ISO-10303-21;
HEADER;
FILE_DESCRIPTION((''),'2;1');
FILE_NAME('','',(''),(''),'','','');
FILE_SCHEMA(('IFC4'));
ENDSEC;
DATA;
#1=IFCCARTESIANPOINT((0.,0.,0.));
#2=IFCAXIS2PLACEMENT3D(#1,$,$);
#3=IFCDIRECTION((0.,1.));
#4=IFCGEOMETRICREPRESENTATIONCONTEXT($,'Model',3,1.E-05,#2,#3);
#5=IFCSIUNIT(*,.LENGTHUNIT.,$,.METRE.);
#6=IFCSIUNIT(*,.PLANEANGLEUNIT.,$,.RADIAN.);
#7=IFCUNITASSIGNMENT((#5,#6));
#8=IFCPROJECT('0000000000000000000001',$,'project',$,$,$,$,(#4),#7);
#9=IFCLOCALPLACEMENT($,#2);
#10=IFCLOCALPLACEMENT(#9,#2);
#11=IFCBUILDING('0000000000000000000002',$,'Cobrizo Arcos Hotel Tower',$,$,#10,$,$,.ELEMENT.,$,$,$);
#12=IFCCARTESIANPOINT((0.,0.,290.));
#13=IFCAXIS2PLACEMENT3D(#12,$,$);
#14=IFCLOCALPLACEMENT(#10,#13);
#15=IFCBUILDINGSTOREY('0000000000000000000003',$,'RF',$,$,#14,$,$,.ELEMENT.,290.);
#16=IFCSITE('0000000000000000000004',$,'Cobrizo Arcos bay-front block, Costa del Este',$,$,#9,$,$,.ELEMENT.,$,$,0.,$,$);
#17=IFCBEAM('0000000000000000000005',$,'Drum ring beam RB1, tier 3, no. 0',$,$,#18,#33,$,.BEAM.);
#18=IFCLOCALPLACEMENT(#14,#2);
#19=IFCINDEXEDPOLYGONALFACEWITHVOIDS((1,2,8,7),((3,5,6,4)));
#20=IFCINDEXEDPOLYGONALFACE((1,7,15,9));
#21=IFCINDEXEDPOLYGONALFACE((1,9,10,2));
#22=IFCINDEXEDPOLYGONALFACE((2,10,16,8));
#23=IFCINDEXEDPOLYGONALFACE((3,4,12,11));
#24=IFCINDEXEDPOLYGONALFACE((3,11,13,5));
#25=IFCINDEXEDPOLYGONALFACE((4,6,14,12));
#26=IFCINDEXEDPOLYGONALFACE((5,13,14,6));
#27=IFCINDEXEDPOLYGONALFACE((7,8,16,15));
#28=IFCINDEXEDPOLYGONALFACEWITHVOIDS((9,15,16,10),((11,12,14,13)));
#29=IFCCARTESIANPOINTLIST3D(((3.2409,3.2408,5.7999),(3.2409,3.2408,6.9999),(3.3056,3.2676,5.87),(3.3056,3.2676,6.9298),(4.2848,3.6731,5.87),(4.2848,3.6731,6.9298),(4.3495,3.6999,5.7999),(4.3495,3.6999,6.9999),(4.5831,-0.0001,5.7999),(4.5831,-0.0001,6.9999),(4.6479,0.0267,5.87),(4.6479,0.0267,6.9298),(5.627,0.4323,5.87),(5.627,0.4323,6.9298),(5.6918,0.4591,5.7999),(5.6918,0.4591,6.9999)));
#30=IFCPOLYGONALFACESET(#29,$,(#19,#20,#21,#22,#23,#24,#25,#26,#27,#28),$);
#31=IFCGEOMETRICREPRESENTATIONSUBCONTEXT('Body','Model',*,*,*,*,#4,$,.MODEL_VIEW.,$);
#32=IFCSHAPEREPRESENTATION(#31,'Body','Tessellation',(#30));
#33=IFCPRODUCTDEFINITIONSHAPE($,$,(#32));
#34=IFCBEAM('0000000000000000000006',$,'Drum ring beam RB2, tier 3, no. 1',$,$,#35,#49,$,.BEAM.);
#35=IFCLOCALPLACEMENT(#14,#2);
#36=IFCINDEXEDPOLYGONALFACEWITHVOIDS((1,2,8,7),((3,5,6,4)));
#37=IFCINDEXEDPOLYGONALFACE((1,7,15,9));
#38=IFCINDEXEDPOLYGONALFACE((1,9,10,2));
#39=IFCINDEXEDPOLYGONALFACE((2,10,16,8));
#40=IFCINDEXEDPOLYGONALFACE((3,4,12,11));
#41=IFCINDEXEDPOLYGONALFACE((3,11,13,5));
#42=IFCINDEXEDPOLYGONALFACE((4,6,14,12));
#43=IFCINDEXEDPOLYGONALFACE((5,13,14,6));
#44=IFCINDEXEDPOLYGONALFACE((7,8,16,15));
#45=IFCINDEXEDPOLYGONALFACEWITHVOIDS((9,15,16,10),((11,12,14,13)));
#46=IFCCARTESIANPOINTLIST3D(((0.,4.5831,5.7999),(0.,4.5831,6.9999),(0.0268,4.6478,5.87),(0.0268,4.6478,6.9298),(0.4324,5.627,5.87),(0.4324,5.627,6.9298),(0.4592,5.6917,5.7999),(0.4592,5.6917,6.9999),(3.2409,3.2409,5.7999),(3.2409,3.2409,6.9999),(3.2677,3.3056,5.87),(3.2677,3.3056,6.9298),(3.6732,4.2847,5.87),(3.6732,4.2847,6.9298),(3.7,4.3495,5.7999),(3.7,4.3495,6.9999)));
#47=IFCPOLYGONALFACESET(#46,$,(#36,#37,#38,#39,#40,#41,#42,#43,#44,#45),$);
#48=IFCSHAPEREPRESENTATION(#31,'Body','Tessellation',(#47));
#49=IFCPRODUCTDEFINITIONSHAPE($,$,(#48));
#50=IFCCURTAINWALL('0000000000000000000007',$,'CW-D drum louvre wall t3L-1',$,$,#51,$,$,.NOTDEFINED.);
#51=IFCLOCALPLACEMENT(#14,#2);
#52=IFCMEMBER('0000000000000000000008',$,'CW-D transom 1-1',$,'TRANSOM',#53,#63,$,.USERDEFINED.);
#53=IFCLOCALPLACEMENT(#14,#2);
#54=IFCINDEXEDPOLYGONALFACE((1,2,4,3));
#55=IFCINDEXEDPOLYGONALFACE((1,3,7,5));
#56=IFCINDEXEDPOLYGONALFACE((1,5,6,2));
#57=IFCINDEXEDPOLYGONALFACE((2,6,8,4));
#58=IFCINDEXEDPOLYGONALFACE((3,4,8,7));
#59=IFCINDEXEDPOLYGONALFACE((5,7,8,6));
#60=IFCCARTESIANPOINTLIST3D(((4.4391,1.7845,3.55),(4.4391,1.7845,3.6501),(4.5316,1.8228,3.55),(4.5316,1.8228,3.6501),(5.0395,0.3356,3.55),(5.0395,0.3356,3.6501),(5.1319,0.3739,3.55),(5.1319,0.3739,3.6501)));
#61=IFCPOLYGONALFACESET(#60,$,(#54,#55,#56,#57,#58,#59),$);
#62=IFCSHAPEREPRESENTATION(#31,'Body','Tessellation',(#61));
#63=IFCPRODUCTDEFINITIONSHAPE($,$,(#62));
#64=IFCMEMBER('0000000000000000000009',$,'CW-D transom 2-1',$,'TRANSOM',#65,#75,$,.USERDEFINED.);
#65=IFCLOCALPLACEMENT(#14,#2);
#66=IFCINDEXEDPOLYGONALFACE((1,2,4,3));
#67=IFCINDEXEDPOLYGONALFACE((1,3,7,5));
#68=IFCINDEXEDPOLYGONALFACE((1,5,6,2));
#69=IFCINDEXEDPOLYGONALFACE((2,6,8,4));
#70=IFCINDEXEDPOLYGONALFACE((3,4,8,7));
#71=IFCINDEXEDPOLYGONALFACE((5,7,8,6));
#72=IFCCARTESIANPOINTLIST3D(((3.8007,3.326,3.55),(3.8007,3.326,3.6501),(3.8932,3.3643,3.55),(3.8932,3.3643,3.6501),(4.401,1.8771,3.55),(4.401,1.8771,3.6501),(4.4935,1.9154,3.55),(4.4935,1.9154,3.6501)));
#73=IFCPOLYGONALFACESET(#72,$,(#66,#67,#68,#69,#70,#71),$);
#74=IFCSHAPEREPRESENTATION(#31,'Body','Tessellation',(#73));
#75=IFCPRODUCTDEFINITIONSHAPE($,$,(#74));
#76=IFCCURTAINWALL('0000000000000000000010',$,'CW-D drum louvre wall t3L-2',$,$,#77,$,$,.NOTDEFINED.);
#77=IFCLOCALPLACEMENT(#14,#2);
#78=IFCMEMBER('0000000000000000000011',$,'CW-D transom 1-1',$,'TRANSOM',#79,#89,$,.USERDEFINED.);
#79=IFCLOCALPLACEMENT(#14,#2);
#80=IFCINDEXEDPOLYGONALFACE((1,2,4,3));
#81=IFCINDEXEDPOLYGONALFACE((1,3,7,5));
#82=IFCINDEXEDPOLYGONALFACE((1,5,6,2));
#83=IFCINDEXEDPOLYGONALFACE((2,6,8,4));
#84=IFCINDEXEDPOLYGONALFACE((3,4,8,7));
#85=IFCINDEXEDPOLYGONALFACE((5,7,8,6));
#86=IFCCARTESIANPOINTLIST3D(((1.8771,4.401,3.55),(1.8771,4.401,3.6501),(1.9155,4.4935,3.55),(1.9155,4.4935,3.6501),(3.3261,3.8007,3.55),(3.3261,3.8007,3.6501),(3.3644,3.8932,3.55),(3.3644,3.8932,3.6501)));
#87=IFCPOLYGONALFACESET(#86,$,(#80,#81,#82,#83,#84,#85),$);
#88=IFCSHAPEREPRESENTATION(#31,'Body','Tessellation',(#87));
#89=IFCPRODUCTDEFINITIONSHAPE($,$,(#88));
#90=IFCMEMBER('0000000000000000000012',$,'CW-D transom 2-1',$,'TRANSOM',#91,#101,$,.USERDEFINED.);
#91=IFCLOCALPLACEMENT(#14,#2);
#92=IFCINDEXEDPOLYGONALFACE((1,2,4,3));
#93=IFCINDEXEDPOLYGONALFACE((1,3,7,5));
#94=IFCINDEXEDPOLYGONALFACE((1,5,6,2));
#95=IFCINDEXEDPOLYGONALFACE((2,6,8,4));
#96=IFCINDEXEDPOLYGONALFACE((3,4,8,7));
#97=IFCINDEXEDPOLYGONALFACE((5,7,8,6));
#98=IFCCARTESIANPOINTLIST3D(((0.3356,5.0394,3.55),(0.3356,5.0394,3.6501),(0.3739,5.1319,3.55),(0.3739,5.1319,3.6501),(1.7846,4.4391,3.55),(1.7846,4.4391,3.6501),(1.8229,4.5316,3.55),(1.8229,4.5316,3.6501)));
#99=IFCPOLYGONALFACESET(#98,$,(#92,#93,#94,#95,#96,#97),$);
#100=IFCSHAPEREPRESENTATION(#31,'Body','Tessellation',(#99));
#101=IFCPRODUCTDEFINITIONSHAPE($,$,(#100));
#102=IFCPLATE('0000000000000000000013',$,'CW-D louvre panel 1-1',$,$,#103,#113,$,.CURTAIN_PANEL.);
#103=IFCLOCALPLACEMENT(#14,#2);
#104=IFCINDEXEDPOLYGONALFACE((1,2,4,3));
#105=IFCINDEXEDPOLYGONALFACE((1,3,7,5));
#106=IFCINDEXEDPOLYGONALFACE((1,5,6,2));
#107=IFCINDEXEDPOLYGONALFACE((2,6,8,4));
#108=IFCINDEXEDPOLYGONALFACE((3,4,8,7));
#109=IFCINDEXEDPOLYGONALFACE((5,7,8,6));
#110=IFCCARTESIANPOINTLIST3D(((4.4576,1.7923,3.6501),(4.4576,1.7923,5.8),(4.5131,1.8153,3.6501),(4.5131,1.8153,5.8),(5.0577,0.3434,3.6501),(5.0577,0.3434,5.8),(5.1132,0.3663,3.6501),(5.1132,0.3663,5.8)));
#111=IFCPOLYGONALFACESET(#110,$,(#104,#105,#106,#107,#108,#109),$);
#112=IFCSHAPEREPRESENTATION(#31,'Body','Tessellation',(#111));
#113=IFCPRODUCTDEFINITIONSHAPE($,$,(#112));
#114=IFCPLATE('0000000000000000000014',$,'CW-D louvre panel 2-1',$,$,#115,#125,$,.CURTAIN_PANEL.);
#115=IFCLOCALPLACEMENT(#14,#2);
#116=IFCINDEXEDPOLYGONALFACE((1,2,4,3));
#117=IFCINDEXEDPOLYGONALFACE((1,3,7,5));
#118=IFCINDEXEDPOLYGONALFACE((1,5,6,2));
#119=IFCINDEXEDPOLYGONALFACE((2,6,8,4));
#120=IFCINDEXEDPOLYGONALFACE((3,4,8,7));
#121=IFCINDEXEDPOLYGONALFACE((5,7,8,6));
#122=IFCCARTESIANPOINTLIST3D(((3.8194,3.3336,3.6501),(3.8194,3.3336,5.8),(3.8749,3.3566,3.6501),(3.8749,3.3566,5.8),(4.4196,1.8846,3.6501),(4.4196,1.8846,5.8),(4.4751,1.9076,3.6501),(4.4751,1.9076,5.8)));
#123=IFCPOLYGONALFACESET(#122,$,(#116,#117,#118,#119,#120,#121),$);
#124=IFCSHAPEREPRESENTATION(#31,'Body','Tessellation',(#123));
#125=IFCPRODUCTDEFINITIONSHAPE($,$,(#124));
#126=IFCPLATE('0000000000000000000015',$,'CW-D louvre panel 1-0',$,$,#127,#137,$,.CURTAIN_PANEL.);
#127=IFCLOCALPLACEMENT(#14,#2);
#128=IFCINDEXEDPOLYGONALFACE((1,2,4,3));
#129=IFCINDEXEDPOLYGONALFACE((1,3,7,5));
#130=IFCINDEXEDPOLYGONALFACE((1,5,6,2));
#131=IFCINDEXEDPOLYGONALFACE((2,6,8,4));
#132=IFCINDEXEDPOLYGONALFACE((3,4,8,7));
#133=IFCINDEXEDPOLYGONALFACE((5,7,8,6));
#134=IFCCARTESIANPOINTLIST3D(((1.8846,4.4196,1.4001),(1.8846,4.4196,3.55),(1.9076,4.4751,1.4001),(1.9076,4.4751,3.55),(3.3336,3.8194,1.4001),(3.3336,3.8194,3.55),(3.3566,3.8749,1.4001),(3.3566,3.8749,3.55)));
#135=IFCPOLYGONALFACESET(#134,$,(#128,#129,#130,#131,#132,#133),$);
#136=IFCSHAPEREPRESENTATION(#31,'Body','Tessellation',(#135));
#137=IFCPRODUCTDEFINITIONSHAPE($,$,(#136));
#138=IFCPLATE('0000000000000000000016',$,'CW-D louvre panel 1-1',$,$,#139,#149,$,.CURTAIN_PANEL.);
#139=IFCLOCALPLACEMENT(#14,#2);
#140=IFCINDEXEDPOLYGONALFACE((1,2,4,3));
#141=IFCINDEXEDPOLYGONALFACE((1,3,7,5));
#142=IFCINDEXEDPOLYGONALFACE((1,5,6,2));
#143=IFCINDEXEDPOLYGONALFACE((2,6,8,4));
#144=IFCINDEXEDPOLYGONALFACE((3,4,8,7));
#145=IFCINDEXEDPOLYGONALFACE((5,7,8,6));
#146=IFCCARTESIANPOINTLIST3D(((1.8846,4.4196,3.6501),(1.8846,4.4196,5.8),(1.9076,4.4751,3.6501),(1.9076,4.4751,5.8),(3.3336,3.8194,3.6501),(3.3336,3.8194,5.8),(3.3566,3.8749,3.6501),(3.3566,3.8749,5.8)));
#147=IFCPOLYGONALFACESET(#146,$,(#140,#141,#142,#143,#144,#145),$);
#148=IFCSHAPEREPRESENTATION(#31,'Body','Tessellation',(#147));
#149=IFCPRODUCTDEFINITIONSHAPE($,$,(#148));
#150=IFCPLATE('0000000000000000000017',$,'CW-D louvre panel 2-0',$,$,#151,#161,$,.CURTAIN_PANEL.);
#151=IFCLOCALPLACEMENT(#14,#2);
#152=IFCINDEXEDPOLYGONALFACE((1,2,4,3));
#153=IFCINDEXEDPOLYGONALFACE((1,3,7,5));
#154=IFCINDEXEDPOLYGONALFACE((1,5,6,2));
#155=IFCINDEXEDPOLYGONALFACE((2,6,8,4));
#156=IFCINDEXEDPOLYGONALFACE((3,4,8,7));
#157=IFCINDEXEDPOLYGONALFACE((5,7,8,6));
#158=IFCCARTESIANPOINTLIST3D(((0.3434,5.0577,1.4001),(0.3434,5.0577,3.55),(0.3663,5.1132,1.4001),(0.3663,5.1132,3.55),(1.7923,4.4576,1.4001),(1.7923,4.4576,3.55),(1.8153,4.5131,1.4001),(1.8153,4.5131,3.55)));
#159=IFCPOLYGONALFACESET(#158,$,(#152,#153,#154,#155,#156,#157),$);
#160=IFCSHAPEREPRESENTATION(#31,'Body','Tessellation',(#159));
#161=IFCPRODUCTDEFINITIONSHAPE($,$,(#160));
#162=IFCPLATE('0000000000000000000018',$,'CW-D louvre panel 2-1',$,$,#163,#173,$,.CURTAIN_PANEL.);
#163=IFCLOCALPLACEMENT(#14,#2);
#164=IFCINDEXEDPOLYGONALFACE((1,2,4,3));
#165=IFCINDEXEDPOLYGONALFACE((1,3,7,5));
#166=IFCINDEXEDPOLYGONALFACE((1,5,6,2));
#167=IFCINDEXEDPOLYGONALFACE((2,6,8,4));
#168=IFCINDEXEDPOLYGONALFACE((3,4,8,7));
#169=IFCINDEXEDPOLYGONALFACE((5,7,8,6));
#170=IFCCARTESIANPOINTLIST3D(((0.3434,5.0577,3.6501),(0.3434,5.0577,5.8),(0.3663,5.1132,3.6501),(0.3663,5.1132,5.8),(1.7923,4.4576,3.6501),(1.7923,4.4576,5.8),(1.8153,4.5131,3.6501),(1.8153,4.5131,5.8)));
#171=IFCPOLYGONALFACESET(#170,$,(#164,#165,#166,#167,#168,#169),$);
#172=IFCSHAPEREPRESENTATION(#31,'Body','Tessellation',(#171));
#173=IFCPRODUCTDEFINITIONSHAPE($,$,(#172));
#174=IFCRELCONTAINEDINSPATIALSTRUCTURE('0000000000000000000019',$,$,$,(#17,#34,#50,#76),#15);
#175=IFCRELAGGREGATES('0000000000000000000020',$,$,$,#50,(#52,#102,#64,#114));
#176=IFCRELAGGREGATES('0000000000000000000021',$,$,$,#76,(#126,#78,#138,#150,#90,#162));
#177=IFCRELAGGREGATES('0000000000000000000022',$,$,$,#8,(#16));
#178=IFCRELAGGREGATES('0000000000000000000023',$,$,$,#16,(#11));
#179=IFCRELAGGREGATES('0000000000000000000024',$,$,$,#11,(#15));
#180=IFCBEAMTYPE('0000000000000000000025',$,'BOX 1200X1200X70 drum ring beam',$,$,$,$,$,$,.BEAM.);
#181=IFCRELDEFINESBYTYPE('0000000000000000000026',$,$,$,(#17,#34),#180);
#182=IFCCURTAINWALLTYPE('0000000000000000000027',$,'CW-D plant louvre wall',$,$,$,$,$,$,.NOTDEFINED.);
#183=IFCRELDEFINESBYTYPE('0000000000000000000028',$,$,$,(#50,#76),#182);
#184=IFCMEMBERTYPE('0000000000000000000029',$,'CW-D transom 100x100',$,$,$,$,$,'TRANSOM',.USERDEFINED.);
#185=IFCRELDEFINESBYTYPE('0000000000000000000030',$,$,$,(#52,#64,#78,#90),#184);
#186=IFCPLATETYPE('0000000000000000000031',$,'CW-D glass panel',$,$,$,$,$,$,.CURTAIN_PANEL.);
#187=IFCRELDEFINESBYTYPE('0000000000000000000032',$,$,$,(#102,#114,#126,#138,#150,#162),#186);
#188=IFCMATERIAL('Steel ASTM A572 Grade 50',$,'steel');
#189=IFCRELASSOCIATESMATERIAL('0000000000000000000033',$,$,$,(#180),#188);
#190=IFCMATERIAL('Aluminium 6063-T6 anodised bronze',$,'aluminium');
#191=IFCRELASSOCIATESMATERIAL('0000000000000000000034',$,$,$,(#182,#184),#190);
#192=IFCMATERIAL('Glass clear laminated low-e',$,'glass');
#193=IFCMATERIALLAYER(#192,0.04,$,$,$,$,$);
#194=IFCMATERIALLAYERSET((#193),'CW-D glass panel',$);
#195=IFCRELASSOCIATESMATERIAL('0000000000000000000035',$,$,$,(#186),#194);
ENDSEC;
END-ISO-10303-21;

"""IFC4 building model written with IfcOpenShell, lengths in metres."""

from ifc_helpers import new_model, si_unit, direction, frame, origin, origin_2d, place, context, subcontext, project, spatial, rectangle, hollow_rectangle, extrude, material, layer, layer_set, material_profile, profile_set, type_object, element, aggregate, save


model = new_model("IFC4")

# Units and contexts
model_context = context("Model", 3, precision=1e-05, world=origin(), true_north=direction((0.0, 1.0)))
body_context = subcontext(model_context, "Body", "Model", "MODEL_VIEW")
ifc_project = project(units=[si_unit("LENGTHUNIT", "METRE"), si_unit("PLANEANGLEUNIT", "RADIAN")], contexts=[model_context])

# Site, building, storey
site_placement = place(None, origin())
site = spatial("IfcSite", under=ifc_project, at=site_placement, Name="Cobrizo Arcos bay-front block, Costa del Este", CompositionType="ELEMENT", RefElevation=0.0)
building_placement = place(site_placement, origin())
building = spatial("IfcBuilding", under=site, at=building_placement, Name="Cobrizo Arcos Hotel Tower", CompositionType="ELEMENT")
storey_placement = place(building_placement, frame((0.0, 0.0, 290.0)))
storey = spatial("IfcBuildingStorey", under=building, at=storey_placement, Name="RF", CompositionType="ELEMENT", Elevation=290.0)

# Beams
ifc_material_1 = material(Name="Steel ASTM A572 Grade 50", Category="steel")
ifc_material_profile_1 = material_profile(ifc_material_1, hollow_rectangle(XDim=1.2, YDim=1.2, WallThickness=0.0701, at=origin_2d()), Name="BOX 1200X1200X70")
ifc_profile_set_1 = profile_set([ifc_material_profile_1], Name="Steel ASTM A572 Grade 50")
beam_type = type_object("IfcBeamType", Name="BOX 1200X1200X70 drum ring beam", PredefinedType="BEAM", material=ifc_profile_set_1)
for number, where, z_axis, x_axis, name in (
    (1, (5.1375, 0.2295, 6.3999), (-0.382643, 0.923896, 0.0), (-0.923896, -0.382643, 0.0), "Drum ring beam RB1, tier 3, no. 0"),
    (2, (3.4705, 3.7952, 6.3999), (-0.923896, 0.382643, 0.0), (-0.382643, -0.923896, 0.0), "Drum ring beam RB2, tier 3, no. 1"),
):
    element("IfcBeam", number, at=place(storey_placement, frame(where, z_axis=z_axis, x_axis=x_axis)), inside=storey, type_object=beam_type, Name=name, PredefinedType="BEAM", context=body_context, shape_type="SweptSolid", body=[
        extrude(hollow_rectangle(XDim=1.2, YDim=1.2, WallThickness=0.0701, at=origin_2d()), origin(), (0.0, 0.0, 1.0), 3.5078),
    ])

# Curtain walls, members
ifc_material_2 = material(Name="Aluminium 6063-T6 anodised bronze", Category="aluminium")
curtain_wall_type = type_object("IfcCurtainWallType", Name="CW-D plant louvre wall", PredefinedType="NOTDEFINED", material=ifc_material_2)
curtain_wall_1_placement = place(storey_placement, origin())
curtain_wall_1 = element("IfcCurtainWall", 3, at=curtain_wall_1_placement, inside=storey, type_object=curtain_wall_type, Name="CW-D drum louvre wall t3L-1", PredefinedType="NOTDEFINED")
ifc_material_profile_2 = material_profile(ifc_material_2, rectangle(XDim=0.1001, YDim=0.1001, at=origin_2d()), Name="CW-D transom 100x100")
ifc_profile_set_2 = profile_set([ifc_material_profile_2], Name="Aluminium 6063-T6 anodised bronze")
member_type = type_object("IfcMemberType", Name="CW-D transom 100x100", ElementType="TRANSOM", PredefinedType="USERDEFINED", material=ifc_profile_set_2)
member_1_placement = place(storey_placement, frame((5.0857, 0.3547, 3.6001), z_axis=(-0.382769, 0.923844, 0.0), x_axis=(-0.923844, -0.382769, 0.0)))
member_1 = element("IfcMember", 4, at=member_1_placement, type_object=member_type, Name="CW-D transom 1-1", ObjectType="TRANSOM", PredefinedType="USERDEFINED", context=body_context, shape_type="SweptSolid", body=[
    extrude(rectangle(XDim=0.1001, YDim=0.1001, at=origin_2d()), origin(), (0.0, 0.0, 1.0), 1.5684),
])
member_2_placement = place(storey_placement, frame((4.4473, 1.8962, 3.6001), z_axis=(-0.382769, 0.923844, 0.0), x_axis=(-0.923844, -0.382769, 0.0)))
member_2 = element("IfcMember", 5, at=member_2_placement, type_object=member_type, Name="CW-D transom 2-1", ObjectType="TRANSOM", PredefinedType="USERDEFINED", context=body_context, shape_type="SweptSolid", body=[
    extrude(rectangle(XDim=0.1001, YDim=0.1001, at=origin_2d()), origin(), (0.0, 0.0, 1.0), 1.5684),
])
curtain_wall_2_placement = place(storey_placement, origin())
curtain_wall_2 = element("IfcCurtainWall", 6, at=curtain_wall_2_placement, inside=storey, type_object=curtain_wall_type, Name="CW-D drum louvre wall t3L-2", PredefinedType="NOTDEFINED")
member_3_placement = place(storey_placement, frame((3.3452, 3.8469, 3.6001), z_axis=(-0.923844, 0.382769, 0.0), x_axis=(-0.382769, -0.923844, 0.0)))
member_3 = element("IfcMember", 7, at=member_3_placement, type_object=member_type, Name="CW-D transom 1-1", ObjectType="TRANSOM", PredefinedType="USERDEFINED", context=body_context, shape_type="SweptSolid", body=[
    extrude(rectangle(XDim=0.1001, YDim=0.1001, at=origin_2d()), origin(), (0.0, 0.0, 1.0), 1.5684),
])
member_4_placement = place(storey_placement, frame((1.8037, 4.4854, 3.6001), z_axis=(-0.923844, 0.382769, 0.0), x_axis=(-0.382769, -0.923844, 0.0)))
member_4 = element("IfcMember", 8, at=member_4_placement, type_object=member_type, Name="CW-D transom 2-1", ObjectType="TRANSOM", PredefinedType="USERDEFINED", context=body_context, shape_type="SweptSolid", body=[
    extrude(rectangle(XDim=0.1001, YDim=0.1001, at=origin_2d()), origin(), (0.0, 0.0, 1.0), 1.5684),
])

# Plates
ifc_material_3 = material(Name="Glass clear laminated low-e", Category="glass")
ifc_layer_1 = layer(ifc_material_3, 0.04)
ifc_layer_set_1 = layer_set([ifc_layer_1], Name="CW-D glass panel")
plate_type = type_object("IfcPlateType", Name="CW-D glass panel", PredefinedType="CURTAIN_PANEL", material=ifc_layer_set_1)
plate_1_placement = place(storey_placement, frame((4.7854, 1.0793, 3.6501), z_axis=(0.0, 0.0, 1.0), x_axis=(-0.382683, 0.92388, 0.0)))
plate_1 = element("IfcPlate", 9, at=plate_1_placement, type_object=plate_type, Name="CW-D louvre panel 1-1", PredefinedType="CURTAIN_PANEL", context=body_context, shape_type="SweptSolid", body=[
    extrude(rectangle(XDim=1.5684, YDim=0.0601, at=origin_2d()), origin(), (0.0, 0.0, 1.0), 2.1499),
])
plate_2_placement = place(storey_placement, frame((4.1472, 2.6206, 3.6501), z_axis=(0.0, 0.0, 1.0), x_axis=(-0.382683, 0.92388, 0.0)))
plate_2 = element("IfcPlate", 10, at=plate_2_placement, type_object=plate_type, Name="CW-D louvre panel 2-1", PredefinedType="CURTAIN_PANEL", context=body_context, shape_type="SweptSolid", body=[
    extrude(rectangle(XDim=1.5684, YDim=0.0601, at=origin_2d()), origin(), (0.0, 0.0, 1.0), 2.1499),
])
aggregate(curtain_wall_1, [member_1, plate_1, member_2, plate_2])
plate_3_placement = place(storey_placement, frame((2.6206, 4.1472, 1.4001), z_axis=(0.0, 0.0, 1.0), x_axis=(-0.92388, 0.382683, 0.0)))
plate_3 = element("IfcPlate", 11, at=plate_3_placement, type_object=plate_type, Name="CW-D louvre panel 1-0", PredefinedType="CURTAIN_PANEL", context=body_context, shape_type="SweptSolid", body=[
    extrude(rectangle(XDim=1.5684, YDim=0.0601, at=origin_2d()), origin(), (0.0, 0.0, 1.0), 2.1499),
])
plate_4_placement = place(storey_placement, frame((2.6206, 4.1472, 3.6501), z_axis=(0.0, 0.0, 1.0), x_axis=(-0.92388, 0.382683, 0.0)))
plate_4 = element("IfcPlate", 12, at=plate_4_placement, type_object=plate_type, Name="CW-D louvre panel 1-1", PredefinedType="CURTAIN_PANEL", context=body_context, shape_type="SweptSolid", body=[
    extrude(rectangle(XDim=1.5684, YDim=0.0601, at=origin_2d()), origin(), (0.0, 0.0, 1.0), 2.1499),
])
plate_5_placement = place(storey_placement, frame((1.0793, 4.7854, 1.4001), z_axis=(0.0, 0.0, 1.0), x_axis=(-0.92388, 0.382683, 0.0)))
plate_5 = element("IfcPlate", 13, at=plate_5_placement, type_object=plate_type, Name="CW-D louvre panel 2-0", PredefinedType="CURTAIN_PANEL", context=body_context, shape_type="SweptSolid", body=[
    extrude(rectangle(XDim=1.5684, YDim=0.0601, at=origin_2d()), origin(), (0.0, 0.0, 1.0), 2.1499),
])
plate_6_placement = place(storey_placement, frame((1.0793, 4.7854, 3.6501), z_axis=(0.0, 0.0, 1.0), x_axis=(-0.92388, 0.382683, 0.0)))
plate_6 = element("IfcPlate", 14, at=plate_6_placement, type_object=plate_type, Name="CW-D louvre panel 2-1", PredefinedType="CURTAIN_PANEL", context=body_context, shape_type="SweptSolid", body=[
    extrude(rectangle(XDim=1.5684, YDim=0.0601, at=origin_2d()), origin(), (0.0, 0.0, 1.0), 2.1499),
])
aggregate(curtain_wall_2, [plate_3, member_3, plate_4, plate_5, member_4, plate_6])

save(model, "model.ifc")
